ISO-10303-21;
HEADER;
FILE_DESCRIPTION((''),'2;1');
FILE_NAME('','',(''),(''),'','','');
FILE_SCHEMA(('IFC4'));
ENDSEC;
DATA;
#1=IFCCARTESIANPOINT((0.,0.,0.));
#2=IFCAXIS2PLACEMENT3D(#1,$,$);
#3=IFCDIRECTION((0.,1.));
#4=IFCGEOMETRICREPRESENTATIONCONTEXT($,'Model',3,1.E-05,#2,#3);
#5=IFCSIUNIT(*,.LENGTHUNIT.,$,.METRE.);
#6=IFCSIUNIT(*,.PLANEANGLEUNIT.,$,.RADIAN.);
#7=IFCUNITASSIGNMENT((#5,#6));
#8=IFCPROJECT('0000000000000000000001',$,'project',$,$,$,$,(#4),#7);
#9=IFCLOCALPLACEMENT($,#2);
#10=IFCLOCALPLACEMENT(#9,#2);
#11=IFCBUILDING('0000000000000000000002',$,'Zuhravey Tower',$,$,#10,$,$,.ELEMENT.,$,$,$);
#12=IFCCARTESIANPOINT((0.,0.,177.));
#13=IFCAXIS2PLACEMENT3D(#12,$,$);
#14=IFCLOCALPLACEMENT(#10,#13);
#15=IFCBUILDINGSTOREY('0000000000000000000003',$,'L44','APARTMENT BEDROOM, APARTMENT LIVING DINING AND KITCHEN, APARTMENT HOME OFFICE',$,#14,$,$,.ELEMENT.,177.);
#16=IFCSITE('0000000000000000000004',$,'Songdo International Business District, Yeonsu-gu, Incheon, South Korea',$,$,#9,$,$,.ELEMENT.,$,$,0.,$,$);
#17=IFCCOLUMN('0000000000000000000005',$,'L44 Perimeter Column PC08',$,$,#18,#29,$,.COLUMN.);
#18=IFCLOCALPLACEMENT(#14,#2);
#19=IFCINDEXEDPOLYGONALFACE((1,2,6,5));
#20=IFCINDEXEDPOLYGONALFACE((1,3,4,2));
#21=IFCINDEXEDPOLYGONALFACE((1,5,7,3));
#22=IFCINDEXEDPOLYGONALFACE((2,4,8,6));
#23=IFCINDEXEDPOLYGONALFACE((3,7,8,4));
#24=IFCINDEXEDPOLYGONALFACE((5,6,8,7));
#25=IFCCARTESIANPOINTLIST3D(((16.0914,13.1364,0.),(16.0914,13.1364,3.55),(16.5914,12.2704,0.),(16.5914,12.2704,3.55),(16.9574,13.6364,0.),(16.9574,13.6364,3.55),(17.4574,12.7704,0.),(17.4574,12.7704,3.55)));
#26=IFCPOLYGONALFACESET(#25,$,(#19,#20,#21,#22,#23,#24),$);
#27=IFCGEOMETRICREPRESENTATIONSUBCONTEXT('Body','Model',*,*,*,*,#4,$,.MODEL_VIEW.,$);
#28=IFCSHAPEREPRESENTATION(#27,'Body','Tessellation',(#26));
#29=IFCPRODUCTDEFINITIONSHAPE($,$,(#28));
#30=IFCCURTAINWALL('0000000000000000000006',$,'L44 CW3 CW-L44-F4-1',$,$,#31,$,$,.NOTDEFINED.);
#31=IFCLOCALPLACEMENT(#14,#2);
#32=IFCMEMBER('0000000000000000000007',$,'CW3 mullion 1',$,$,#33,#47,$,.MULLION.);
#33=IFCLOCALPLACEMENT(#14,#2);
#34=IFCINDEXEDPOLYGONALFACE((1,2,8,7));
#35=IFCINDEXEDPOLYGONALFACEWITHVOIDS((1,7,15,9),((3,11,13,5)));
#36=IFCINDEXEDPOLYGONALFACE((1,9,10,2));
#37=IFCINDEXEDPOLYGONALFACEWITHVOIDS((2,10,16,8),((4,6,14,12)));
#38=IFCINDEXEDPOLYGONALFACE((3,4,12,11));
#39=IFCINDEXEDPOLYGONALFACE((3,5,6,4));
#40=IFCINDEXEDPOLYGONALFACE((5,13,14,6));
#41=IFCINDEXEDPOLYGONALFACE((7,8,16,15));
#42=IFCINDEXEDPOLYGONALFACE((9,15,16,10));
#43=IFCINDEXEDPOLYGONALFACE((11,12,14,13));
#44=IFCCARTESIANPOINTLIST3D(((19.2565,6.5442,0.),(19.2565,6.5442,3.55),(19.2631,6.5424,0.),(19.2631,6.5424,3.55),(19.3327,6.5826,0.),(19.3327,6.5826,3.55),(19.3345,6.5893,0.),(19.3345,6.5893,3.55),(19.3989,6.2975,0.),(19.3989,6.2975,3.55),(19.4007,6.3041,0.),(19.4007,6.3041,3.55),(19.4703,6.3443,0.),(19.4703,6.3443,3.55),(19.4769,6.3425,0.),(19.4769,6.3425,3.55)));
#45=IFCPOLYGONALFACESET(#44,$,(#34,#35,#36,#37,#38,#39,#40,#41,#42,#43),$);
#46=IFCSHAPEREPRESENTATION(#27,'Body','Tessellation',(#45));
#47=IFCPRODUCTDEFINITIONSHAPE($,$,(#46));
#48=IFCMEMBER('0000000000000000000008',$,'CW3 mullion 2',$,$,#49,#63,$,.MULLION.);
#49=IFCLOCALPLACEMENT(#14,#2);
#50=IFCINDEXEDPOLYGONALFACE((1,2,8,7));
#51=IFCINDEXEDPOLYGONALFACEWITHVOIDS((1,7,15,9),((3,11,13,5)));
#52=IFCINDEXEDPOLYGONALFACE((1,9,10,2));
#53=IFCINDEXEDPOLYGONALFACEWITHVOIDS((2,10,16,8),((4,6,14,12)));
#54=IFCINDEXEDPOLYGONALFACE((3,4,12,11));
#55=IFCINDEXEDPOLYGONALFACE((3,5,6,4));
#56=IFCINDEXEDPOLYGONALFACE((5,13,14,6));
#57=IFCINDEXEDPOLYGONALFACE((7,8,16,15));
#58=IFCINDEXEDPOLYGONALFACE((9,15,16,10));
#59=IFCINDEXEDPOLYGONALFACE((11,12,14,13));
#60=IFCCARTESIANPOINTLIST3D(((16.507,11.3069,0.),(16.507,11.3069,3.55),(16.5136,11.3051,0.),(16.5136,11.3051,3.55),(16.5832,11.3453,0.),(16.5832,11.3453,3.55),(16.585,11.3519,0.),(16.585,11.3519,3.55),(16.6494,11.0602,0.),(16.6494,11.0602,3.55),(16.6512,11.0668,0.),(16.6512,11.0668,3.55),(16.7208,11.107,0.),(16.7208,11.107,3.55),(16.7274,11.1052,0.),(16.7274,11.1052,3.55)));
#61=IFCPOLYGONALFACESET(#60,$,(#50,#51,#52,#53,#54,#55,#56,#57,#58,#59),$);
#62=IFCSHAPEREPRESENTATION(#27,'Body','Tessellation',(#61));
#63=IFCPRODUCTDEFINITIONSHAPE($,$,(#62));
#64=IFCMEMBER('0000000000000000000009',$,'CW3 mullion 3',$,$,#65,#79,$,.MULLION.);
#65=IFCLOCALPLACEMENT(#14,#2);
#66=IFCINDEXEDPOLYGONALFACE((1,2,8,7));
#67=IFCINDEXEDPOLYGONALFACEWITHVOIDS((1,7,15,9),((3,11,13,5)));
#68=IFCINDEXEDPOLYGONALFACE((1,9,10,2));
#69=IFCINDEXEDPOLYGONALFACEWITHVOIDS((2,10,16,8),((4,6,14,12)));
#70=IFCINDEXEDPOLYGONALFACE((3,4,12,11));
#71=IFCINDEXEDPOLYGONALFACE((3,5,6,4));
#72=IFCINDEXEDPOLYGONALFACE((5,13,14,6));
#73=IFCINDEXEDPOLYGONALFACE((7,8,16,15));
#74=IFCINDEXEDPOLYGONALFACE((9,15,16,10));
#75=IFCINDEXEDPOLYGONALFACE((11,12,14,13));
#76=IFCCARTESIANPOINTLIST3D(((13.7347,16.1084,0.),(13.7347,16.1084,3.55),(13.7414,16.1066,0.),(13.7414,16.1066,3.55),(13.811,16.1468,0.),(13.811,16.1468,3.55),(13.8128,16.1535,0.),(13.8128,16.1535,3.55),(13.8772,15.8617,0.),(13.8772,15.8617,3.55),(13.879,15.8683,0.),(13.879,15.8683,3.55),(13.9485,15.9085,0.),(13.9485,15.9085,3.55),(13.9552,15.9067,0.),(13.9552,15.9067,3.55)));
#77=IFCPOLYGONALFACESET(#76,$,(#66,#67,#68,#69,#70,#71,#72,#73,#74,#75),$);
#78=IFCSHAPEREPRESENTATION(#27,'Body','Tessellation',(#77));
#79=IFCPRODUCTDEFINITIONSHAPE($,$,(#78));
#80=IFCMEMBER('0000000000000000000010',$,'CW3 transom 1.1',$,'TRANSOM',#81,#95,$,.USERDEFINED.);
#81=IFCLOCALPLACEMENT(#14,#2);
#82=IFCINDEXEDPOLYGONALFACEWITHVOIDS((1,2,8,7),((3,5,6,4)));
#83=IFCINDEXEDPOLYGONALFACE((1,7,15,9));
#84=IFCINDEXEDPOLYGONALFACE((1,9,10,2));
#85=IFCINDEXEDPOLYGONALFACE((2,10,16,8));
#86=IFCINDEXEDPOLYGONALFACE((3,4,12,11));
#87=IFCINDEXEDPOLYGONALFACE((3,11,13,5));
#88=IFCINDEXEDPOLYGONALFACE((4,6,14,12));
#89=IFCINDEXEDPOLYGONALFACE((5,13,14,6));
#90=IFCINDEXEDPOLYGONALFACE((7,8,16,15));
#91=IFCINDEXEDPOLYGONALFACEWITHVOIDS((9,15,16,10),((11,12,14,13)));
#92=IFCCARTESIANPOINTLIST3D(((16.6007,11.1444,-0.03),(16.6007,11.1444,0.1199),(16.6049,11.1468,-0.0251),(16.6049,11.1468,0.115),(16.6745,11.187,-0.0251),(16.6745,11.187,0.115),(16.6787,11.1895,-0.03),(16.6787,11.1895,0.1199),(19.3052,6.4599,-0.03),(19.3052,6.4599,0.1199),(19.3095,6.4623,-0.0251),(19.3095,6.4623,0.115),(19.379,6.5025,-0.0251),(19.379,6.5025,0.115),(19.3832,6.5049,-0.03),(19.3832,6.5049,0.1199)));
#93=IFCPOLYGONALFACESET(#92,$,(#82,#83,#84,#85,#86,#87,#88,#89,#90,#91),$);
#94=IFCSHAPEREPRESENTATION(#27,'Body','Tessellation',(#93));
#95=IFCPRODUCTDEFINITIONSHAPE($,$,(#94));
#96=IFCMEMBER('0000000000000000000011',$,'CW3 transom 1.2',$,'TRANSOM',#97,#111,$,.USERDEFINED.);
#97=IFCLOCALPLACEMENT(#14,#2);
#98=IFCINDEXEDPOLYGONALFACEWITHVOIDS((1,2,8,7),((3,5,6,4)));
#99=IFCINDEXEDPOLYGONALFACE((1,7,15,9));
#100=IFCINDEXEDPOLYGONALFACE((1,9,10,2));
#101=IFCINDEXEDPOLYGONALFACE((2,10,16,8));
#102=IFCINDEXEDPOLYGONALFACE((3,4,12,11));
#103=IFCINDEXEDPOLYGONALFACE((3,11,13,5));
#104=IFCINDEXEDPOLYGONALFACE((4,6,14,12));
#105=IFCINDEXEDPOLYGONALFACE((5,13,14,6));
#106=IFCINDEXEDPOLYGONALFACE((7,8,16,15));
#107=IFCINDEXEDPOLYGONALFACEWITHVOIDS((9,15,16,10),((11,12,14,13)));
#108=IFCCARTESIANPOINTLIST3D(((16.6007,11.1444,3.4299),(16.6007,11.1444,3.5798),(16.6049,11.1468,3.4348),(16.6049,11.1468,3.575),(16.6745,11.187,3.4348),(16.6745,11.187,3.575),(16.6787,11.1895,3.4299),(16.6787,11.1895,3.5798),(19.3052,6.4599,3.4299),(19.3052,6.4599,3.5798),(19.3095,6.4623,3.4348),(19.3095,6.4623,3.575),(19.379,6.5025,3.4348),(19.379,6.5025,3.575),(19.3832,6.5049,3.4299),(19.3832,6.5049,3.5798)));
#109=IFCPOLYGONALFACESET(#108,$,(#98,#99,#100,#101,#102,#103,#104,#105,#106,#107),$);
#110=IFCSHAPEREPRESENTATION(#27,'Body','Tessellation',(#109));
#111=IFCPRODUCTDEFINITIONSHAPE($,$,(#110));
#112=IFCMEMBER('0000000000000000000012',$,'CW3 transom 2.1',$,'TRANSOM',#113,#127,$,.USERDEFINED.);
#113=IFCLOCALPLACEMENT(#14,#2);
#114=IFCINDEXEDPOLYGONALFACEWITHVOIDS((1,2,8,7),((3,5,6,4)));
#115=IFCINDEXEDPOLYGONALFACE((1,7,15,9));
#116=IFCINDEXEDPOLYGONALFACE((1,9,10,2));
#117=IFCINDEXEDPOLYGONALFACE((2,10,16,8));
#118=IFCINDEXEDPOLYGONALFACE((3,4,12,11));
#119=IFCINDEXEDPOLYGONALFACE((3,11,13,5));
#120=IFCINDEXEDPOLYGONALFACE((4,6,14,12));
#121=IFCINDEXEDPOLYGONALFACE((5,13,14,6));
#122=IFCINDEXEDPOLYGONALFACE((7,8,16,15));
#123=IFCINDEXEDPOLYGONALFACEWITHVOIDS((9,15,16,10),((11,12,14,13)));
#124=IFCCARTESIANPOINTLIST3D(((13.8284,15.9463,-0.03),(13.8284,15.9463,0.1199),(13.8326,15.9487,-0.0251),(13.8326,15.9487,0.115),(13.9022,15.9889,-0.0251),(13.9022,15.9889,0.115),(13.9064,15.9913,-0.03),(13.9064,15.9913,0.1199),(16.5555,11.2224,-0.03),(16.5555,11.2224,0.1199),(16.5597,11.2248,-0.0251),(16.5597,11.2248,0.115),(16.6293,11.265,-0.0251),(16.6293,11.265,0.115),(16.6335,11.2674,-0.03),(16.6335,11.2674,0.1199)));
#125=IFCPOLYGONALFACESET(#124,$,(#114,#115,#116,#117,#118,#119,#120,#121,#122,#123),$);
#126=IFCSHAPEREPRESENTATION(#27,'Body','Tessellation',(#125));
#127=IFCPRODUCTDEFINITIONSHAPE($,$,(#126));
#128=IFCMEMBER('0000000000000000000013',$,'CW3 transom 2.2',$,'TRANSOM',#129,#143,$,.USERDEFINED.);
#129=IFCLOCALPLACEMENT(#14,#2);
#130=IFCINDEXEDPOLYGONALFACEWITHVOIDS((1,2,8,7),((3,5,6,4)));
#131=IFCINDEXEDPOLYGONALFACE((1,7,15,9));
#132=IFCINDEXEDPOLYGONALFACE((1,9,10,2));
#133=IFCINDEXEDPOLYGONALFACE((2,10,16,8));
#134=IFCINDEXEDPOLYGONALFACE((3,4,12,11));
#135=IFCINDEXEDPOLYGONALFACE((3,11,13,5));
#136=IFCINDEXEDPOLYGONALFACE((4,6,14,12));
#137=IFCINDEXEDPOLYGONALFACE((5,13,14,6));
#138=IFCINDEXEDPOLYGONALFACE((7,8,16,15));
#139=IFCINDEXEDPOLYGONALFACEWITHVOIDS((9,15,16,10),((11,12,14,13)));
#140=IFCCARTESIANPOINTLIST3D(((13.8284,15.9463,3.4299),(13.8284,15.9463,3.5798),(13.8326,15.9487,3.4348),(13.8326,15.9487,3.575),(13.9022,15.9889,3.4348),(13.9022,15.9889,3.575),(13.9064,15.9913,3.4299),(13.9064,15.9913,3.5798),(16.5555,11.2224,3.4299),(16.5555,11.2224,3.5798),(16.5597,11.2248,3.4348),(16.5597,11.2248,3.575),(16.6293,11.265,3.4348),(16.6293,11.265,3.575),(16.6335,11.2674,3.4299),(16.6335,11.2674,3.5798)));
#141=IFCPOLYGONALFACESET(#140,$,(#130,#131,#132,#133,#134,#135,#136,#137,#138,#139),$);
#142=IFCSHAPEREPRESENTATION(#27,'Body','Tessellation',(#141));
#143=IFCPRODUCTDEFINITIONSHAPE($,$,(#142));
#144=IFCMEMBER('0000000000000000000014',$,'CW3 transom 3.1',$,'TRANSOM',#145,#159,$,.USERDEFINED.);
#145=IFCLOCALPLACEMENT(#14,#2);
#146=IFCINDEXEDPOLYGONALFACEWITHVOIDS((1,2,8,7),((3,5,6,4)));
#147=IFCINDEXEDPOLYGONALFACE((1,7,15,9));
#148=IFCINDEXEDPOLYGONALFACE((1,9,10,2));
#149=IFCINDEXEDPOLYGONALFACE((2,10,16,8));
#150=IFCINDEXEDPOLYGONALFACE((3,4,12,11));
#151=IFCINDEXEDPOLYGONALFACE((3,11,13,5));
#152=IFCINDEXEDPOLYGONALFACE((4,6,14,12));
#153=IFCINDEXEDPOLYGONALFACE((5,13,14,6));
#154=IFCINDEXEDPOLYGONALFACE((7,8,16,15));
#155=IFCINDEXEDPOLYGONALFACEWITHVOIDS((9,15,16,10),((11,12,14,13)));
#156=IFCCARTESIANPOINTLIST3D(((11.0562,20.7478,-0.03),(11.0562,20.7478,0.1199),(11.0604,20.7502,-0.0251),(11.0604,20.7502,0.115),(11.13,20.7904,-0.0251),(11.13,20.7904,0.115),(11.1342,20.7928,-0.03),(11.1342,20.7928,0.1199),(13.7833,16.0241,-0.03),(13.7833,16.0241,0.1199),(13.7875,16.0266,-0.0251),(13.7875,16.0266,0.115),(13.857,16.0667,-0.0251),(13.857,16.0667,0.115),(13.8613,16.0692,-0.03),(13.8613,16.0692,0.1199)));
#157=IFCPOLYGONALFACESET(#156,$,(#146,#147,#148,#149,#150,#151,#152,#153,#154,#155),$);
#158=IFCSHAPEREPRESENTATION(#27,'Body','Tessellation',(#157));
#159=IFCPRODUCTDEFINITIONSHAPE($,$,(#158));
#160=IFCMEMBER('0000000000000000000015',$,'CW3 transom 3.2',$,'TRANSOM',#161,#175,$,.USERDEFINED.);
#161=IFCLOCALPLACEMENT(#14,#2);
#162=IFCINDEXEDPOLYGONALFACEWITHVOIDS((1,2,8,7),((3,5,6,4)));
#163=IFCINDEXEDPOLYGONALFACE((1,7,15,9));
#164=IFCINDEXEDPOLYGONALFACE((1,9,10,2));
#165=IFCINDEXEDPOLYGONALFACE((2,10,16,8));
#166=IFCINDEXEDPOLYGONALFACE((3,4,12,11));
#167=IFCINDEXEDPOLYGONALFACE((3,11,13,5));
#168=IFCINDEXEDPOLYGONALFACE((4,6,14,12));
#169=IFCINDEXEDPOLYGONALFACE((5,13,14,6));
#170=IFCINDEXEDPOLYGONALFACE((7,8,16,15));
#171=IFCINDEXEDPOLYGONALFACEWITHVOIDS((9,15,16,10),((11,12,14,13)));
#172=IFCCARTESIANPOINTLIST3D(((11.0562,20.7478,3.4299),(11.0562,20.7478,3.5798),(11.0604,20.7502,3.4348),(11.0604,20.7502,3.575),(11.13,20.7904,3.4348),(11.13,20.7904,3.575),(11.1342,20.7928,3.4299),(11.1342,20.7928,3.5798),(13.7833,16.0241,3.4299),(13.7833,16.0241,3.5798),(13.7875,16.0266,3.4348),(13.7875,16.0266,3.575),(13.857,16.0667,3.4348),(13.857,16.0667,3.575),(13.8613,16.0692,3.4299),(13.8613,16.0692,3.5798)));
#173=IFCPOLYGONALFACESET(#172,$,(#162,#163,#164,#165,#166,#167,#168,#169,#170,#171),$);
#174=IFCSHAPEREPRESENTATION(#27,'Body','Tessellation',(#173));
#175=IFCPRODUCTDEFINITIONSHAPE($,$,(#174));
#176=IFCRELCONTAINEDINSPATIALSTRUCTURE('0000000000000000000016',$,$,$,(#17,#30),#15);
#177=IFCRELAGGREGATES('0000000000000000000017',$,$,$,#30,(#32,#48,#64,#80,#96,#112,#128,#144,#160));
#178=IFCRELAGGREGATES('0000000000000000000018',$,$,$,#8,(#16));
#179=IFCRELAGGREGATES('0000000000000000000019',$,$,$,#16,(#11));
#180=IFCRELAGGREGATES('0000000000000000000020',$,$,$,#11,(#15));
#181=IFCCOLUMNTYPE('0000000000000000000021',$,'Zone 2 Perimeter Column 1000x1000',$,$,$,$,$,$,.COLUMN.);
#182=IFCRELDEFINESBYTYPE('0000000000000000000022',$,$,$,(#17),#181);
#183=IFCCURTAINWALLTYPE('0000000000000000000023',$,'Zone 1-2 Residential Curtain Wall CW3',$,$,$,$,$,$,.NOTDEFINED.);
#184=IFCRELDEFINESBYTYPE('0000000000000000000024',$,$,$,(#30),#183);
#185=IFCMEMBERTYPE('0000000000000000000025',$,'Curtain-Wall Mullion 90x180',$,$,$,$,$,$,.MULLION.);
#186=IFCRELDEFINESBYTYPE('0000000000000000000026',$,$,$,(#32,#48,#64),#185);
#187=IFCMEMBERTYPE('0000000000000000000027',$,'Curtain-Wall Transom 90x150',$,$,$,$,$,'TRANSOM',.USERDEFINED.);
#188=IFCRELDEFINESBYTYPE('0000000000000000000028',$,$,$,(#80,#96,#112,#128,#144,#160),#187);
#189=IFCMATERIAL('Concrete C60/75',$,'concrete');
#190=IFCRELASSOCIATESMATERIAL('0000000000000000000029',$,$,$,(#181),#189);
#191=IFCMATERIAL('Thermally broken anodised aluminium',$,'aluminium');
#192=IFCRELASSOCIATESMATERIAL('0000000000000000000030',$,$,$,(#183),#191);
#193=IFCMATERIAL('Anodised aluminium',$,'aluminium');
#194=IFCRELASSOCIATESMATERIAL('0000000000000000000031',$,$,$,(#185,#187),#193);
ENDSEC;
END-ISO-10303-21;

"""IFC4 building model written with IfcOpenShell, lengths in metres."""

from ifc_helpers import new_model, si_unit, direction, frame, origin, origin_2d, place, context, subcontext, project, spatial, rectangle, hollow_rectangle, extrude, material, material_profile, profile_set, type_object, element, aggregate, save


model = new_model("IFC4")

# Units and contexts
model_context = context("Model", 3, precision=1e-05, world=origin(), true_north=direction((0.0, 1.0)))
body_context = subcontext(model_context, "Body", "Model", "MODEL_VIEW")
ifc_project = project(units=[si_unit("LENGTHUNIT", "METRE"), si_unit("PLANEANGLEUNIT", "RADIAN")], contexts=[model_context])

# Site, building, storey
site_placement = place(None, origin())
site = spatial("IfcSite", under=ifc_project, at=site_placement, Name="Songdo International Business District, Yeonsu-gu, Incheon, South Korea", CompositionType="ELEMENT", RefElevation=0.0)
building_placement = place(site_placement, origin())
building = spatial("IfcBuilding", under=site, at=building_placement, Name="Zuhravey Tower", CompositionType="ELEMENT")
storey_placement = place(building_placement, frame((0.0, 0.0, 177.0)))
storey = spatial("IfcBuildingStorey", under=building, at=storey_placement, Name="L44", Description="APARTMENT BEDROOM, APARTMENT LIVING DINING AND KITCHEN, APARTMENT HOME OFFICE", CompositionType="ELEMENT", Elevation=177.0)

# Column
ifc_material_1 = material(Name="Concrete C60/75", Category="concrete")
ifc_material_profile_1 = material_profile(ifc_material_1, rectangle(XDim=1.0, YDim=1.0, at=origin_2d()), Name="RC-1000x1000")
ifc_profile_set_1 = profile_set([ifc_material_profile_1], Name="Concrete C60/75")
column_type = type_object("IfcColumnType", Name="Zone 2 Perimeter Column 1000x1000", PredefinedType="COLUMN", material=ifc_profile_set_1)
column_placement = place(storey_placement, frame((16.7744, 12.9534, 0.0), z_axis=(0.0, 0.0, 1.0), x_axis=(0.5, -0.866025, 0.0)))
element("IfcColumn", 1, at=column_placement, inside=storey, type_object=column_type, Name="L44 Perimeter Column PC08", PredefinedType="COLUMN", context=body_context, shape_type="SweptSolid", body=[
    extrude(rectangle(XDim=1.0, YDim=1.0, at=origin_2d()), origin(), (0.0, 0.0, 1.0), 3.55),
])

# Curtain wall, members
ifc_material_2 = material(Name="Thermally broken anodised aluminium", Category="aluminium")
curtain_wall_type = type_object("IfcCurtainWallType", Name="Zone 1-2 Residential Curtain Wall CW3", PredefinedType="NOTDEFINED", material=ifc_material_2)
curtain_wall_placement = place(storey_placement, origin())
curtain_wall = element("IfcCurtainWall", 2, at=curtain_wall_placement, inside=storey, type_object=curtain_wall_type, Name="L44 CW3 CW-L44-F4-1", PredefinedType="NOTDEFINED")
ifc_material_3 = material(Name="Anodised aluminium", Category="aluminium")
ifc_material_profile_2 = material_profile(ifc_material_3, hollow_rectangle(XDim=0.0901, YDim=0.2849, WallThickness=0.0049, at=origin_2d()), Name="ALU-RHS-90x285x5")
ifc_profile_set_2 = profile_set([ifc_material_profile_2], Name="Anodised aluminium")
member_type_1 = type_object("IfcMemberType", Name="Curtain-Wall Mullion 90x180", PredefinedType="MULLION", material=ifc_profile_set_2)
member_1_placement = place(storey_placement, frame((19.3667, 6.4434, 0.0), z_axis=(0.0, 0.0, 1.0), x_axis=(-0.866025, -0.5, 0.0)))
member_1 = element("IfcMember", 3, at=member_1_placement, type_object=member_type_1, Name="CW3 mullion 1", PredefinedType="MULLION", context=body_context, shape_type="SweptSolid", body=[
    extrude(hollow_rectangle(XDim=0.0901, YDim=0.2849, WallThickness=0.0049, at=origin_2d()), origin(), (0.0, 0.0, 1.0), 3.55),
])
member_2_placement = place(storey_placement, frame((16.6172, 11.2061, 0.0), z_axis=(0.0, 0.0, 1.0), x_axis=(-0.866025, -0.5, 0.0)))
member_2 = element("IfcMember", 4, at=member_2_placement, type_object=member_type_1, Name="CW3 mullion 2", PredefinedType="MULLION", context=body_context, shape_type="SweptSolid", body=[
    extrude(hollow_rectangle(XDim=0.0901, YDim=0.2849, WallThickness=0.0049, at=origin_2d()), origin(), (0.0, 0.0, 1.0), 3.55),
])
member_3_placement = place(storey_placement, frame((13.845, 16.0076, 0.0), z_axis=(0.0, 0.0, 1.0), x_axis=(-0.866025, -0.5, 0.0)))
member_3 = element("IfcMember", 5, at=member_3_placement, type_object=member_type_1, Name="CW3 mullion 3", PredefinedType="MULLION", context=body_context, shape_type="SweptSolid", body=[
    extrude(hollow_rectangle(XDim=0.0901, YDim=0.2849, WallThickness=0.0049, at=origin_2d()), origin(), (0.0, 0.0, 1.0), 3.55),
])
ifc_material_profile_3 = material_profile(ifc_material_3, hollow_rectangle(XDim=0.0901, YDim=0.1499, WallThickness=0.0049, at=origin_2d()), Name="ALU-RHS-90x150x5")
ifc_profile_set_3 = profile_set([ifc_material_profile_3], Name="Anodised aluminium")
member_type_2 = type_object("IfcMemberType", Name="Curtain-Wall Transom 90x150", ElementType="TRANSOM", PredefinedType="USERDEFINED", material=ifc_profile_set_3)
member_4_placement = place(storey_placement, frame((19.3442, 6.4824, 0.0449), z_axis=(-0.499993, 0.866029, 0.0), x_axis=(-0.866029, -0.499993, 0.0)))
member_4 = element("IfcMember", 6, at=member_4_placement, type_object=member_type_2, Name="CW3 transom 1.1", ObjectType="TRANSOM", PredefinedType="USERDEFINED", context=body_context, shape_type="SweptSolid", body=[
    extrude(hollow_rectangle(XDim=0.0901, YDim=0.1499, WallThickness=0.0049, at=origin_2d()), origin(), (0.0, 0.0, 1.0), 5.4092),
])
member_5_placement = place(storey_placement, frame((19.3442, 6.4824, 3.5049), z_axis=(-0.499993, 0.866029, 0.0), x_axis=(-0.866029, -0.499993, 0.0)))
member_5 = element("IfcMember", 7, at=member_5_placement, type_object=member_type_2, Name="CW3 transom 1.2", ObjectType="TRANSOM", PredefinedType="USERDEFINED", context=body_context, shape_type="SweptSolid", body=[
    extrude(hollow_rectangle(XDim=0.0901, YDim=0.1499, WallThickness=0.0049, at=origin_2d()), origin(), (0.0, 0.0, 1.0), 5.4092),
])
member_6_placement = place(storey_placement, frame((16.5945, 11.2449, 0.0449), z_axis=(-0.499961, 0.866048, 0.0), x_axis=(-0.866048, -0.499961, 0.0)))
member_6 = element("IfcMember", 8, at=member_6_placement, type_object=member_type_2, Name="CW3 transom 2.1", ObjectType="TRANSOM", PredefinedType="USERDEFINED", context=body_context, shape_type="SweptSolid", body=[
    extrude(hollow_rectangle(XDim=0.0901, YDim=0.1499, WallThickness=0.0049, at=origin_2d()), origin(), (0.0, 0.0, 1.0), 5.4546),
])
member_7_placement = place(storey_placement, frame((16.5945, 11.2449, 3.5049), z_axis=(-0.499961, 0.866048, 0.0), x_axis=(-0.866048, -0.499961, 0.0)))
member_7 = element("IfcMember", 9, at=member_7_placement, type_object=member_type_2, Name="CW3 transom 2.2", ObjectType="TRANSOM", PredefinedType="USERDEFINED", context=body_context, shape_type="SweptSolid", body=[
    extrude(hollow_rectangle(XDim=0.0901, YDim=0.1499, WallThickness=0.0049, at=origin_2d()), origin(), (0.0, 0.0, 1.0), 5.4546),
])
member_8_placement = place(storey_placement, frame((13.8223, 16.0466, 0.0449), z_axis=(-0.499981, 0.866037, 0.0), x_axis=(-0.866037, -0.499981, 0.0)))
member_8 = element("IfcMember", 10, at=member_8_placement, type_object=member_type_2, Name="CW3 transom 3.1", ObjectType="TRANSOM", PredefinedType="USERDEFINED", context=body_context, shape_type="SweptSolid", body=[
    extrude(hollow_rectangle(XDim=0.0901, YDim=0.1499, WallThickness=0.0049, at=origin_2d()), origin(), (0.0, 0.0, 1.0), 5.4543),
])
member_9_placement = place(storey_placement, frame((13.8223, 16.0466, 3.5049), z_axis=(-0.499981, 0.866037, 0.0), x_axis=(-0.866037, -0.499981, 0.0)))
member_9 = element("IfcMember", 11, at=member_9_placement, type_object=member_type_2, Name="CW3 transom 3.2", ObjectType="TRANSOM", PredefinedType="USERDEFINED", context=body_context, shape_type="SweptSolid", body=[
    extrude(hollow_rectangle(XDim=0.0901, YDim=0.1499, WallThickness=0.0049, at=origin_2d()), origin(), (0.0, 0.0, 1.0), 5.4543),
])

aggregate(curtain_wall, [member_1, member_2, member_3, member_4, member_5, member_6, member_7, member_8, member_9])

save(model, "model.ifc")
